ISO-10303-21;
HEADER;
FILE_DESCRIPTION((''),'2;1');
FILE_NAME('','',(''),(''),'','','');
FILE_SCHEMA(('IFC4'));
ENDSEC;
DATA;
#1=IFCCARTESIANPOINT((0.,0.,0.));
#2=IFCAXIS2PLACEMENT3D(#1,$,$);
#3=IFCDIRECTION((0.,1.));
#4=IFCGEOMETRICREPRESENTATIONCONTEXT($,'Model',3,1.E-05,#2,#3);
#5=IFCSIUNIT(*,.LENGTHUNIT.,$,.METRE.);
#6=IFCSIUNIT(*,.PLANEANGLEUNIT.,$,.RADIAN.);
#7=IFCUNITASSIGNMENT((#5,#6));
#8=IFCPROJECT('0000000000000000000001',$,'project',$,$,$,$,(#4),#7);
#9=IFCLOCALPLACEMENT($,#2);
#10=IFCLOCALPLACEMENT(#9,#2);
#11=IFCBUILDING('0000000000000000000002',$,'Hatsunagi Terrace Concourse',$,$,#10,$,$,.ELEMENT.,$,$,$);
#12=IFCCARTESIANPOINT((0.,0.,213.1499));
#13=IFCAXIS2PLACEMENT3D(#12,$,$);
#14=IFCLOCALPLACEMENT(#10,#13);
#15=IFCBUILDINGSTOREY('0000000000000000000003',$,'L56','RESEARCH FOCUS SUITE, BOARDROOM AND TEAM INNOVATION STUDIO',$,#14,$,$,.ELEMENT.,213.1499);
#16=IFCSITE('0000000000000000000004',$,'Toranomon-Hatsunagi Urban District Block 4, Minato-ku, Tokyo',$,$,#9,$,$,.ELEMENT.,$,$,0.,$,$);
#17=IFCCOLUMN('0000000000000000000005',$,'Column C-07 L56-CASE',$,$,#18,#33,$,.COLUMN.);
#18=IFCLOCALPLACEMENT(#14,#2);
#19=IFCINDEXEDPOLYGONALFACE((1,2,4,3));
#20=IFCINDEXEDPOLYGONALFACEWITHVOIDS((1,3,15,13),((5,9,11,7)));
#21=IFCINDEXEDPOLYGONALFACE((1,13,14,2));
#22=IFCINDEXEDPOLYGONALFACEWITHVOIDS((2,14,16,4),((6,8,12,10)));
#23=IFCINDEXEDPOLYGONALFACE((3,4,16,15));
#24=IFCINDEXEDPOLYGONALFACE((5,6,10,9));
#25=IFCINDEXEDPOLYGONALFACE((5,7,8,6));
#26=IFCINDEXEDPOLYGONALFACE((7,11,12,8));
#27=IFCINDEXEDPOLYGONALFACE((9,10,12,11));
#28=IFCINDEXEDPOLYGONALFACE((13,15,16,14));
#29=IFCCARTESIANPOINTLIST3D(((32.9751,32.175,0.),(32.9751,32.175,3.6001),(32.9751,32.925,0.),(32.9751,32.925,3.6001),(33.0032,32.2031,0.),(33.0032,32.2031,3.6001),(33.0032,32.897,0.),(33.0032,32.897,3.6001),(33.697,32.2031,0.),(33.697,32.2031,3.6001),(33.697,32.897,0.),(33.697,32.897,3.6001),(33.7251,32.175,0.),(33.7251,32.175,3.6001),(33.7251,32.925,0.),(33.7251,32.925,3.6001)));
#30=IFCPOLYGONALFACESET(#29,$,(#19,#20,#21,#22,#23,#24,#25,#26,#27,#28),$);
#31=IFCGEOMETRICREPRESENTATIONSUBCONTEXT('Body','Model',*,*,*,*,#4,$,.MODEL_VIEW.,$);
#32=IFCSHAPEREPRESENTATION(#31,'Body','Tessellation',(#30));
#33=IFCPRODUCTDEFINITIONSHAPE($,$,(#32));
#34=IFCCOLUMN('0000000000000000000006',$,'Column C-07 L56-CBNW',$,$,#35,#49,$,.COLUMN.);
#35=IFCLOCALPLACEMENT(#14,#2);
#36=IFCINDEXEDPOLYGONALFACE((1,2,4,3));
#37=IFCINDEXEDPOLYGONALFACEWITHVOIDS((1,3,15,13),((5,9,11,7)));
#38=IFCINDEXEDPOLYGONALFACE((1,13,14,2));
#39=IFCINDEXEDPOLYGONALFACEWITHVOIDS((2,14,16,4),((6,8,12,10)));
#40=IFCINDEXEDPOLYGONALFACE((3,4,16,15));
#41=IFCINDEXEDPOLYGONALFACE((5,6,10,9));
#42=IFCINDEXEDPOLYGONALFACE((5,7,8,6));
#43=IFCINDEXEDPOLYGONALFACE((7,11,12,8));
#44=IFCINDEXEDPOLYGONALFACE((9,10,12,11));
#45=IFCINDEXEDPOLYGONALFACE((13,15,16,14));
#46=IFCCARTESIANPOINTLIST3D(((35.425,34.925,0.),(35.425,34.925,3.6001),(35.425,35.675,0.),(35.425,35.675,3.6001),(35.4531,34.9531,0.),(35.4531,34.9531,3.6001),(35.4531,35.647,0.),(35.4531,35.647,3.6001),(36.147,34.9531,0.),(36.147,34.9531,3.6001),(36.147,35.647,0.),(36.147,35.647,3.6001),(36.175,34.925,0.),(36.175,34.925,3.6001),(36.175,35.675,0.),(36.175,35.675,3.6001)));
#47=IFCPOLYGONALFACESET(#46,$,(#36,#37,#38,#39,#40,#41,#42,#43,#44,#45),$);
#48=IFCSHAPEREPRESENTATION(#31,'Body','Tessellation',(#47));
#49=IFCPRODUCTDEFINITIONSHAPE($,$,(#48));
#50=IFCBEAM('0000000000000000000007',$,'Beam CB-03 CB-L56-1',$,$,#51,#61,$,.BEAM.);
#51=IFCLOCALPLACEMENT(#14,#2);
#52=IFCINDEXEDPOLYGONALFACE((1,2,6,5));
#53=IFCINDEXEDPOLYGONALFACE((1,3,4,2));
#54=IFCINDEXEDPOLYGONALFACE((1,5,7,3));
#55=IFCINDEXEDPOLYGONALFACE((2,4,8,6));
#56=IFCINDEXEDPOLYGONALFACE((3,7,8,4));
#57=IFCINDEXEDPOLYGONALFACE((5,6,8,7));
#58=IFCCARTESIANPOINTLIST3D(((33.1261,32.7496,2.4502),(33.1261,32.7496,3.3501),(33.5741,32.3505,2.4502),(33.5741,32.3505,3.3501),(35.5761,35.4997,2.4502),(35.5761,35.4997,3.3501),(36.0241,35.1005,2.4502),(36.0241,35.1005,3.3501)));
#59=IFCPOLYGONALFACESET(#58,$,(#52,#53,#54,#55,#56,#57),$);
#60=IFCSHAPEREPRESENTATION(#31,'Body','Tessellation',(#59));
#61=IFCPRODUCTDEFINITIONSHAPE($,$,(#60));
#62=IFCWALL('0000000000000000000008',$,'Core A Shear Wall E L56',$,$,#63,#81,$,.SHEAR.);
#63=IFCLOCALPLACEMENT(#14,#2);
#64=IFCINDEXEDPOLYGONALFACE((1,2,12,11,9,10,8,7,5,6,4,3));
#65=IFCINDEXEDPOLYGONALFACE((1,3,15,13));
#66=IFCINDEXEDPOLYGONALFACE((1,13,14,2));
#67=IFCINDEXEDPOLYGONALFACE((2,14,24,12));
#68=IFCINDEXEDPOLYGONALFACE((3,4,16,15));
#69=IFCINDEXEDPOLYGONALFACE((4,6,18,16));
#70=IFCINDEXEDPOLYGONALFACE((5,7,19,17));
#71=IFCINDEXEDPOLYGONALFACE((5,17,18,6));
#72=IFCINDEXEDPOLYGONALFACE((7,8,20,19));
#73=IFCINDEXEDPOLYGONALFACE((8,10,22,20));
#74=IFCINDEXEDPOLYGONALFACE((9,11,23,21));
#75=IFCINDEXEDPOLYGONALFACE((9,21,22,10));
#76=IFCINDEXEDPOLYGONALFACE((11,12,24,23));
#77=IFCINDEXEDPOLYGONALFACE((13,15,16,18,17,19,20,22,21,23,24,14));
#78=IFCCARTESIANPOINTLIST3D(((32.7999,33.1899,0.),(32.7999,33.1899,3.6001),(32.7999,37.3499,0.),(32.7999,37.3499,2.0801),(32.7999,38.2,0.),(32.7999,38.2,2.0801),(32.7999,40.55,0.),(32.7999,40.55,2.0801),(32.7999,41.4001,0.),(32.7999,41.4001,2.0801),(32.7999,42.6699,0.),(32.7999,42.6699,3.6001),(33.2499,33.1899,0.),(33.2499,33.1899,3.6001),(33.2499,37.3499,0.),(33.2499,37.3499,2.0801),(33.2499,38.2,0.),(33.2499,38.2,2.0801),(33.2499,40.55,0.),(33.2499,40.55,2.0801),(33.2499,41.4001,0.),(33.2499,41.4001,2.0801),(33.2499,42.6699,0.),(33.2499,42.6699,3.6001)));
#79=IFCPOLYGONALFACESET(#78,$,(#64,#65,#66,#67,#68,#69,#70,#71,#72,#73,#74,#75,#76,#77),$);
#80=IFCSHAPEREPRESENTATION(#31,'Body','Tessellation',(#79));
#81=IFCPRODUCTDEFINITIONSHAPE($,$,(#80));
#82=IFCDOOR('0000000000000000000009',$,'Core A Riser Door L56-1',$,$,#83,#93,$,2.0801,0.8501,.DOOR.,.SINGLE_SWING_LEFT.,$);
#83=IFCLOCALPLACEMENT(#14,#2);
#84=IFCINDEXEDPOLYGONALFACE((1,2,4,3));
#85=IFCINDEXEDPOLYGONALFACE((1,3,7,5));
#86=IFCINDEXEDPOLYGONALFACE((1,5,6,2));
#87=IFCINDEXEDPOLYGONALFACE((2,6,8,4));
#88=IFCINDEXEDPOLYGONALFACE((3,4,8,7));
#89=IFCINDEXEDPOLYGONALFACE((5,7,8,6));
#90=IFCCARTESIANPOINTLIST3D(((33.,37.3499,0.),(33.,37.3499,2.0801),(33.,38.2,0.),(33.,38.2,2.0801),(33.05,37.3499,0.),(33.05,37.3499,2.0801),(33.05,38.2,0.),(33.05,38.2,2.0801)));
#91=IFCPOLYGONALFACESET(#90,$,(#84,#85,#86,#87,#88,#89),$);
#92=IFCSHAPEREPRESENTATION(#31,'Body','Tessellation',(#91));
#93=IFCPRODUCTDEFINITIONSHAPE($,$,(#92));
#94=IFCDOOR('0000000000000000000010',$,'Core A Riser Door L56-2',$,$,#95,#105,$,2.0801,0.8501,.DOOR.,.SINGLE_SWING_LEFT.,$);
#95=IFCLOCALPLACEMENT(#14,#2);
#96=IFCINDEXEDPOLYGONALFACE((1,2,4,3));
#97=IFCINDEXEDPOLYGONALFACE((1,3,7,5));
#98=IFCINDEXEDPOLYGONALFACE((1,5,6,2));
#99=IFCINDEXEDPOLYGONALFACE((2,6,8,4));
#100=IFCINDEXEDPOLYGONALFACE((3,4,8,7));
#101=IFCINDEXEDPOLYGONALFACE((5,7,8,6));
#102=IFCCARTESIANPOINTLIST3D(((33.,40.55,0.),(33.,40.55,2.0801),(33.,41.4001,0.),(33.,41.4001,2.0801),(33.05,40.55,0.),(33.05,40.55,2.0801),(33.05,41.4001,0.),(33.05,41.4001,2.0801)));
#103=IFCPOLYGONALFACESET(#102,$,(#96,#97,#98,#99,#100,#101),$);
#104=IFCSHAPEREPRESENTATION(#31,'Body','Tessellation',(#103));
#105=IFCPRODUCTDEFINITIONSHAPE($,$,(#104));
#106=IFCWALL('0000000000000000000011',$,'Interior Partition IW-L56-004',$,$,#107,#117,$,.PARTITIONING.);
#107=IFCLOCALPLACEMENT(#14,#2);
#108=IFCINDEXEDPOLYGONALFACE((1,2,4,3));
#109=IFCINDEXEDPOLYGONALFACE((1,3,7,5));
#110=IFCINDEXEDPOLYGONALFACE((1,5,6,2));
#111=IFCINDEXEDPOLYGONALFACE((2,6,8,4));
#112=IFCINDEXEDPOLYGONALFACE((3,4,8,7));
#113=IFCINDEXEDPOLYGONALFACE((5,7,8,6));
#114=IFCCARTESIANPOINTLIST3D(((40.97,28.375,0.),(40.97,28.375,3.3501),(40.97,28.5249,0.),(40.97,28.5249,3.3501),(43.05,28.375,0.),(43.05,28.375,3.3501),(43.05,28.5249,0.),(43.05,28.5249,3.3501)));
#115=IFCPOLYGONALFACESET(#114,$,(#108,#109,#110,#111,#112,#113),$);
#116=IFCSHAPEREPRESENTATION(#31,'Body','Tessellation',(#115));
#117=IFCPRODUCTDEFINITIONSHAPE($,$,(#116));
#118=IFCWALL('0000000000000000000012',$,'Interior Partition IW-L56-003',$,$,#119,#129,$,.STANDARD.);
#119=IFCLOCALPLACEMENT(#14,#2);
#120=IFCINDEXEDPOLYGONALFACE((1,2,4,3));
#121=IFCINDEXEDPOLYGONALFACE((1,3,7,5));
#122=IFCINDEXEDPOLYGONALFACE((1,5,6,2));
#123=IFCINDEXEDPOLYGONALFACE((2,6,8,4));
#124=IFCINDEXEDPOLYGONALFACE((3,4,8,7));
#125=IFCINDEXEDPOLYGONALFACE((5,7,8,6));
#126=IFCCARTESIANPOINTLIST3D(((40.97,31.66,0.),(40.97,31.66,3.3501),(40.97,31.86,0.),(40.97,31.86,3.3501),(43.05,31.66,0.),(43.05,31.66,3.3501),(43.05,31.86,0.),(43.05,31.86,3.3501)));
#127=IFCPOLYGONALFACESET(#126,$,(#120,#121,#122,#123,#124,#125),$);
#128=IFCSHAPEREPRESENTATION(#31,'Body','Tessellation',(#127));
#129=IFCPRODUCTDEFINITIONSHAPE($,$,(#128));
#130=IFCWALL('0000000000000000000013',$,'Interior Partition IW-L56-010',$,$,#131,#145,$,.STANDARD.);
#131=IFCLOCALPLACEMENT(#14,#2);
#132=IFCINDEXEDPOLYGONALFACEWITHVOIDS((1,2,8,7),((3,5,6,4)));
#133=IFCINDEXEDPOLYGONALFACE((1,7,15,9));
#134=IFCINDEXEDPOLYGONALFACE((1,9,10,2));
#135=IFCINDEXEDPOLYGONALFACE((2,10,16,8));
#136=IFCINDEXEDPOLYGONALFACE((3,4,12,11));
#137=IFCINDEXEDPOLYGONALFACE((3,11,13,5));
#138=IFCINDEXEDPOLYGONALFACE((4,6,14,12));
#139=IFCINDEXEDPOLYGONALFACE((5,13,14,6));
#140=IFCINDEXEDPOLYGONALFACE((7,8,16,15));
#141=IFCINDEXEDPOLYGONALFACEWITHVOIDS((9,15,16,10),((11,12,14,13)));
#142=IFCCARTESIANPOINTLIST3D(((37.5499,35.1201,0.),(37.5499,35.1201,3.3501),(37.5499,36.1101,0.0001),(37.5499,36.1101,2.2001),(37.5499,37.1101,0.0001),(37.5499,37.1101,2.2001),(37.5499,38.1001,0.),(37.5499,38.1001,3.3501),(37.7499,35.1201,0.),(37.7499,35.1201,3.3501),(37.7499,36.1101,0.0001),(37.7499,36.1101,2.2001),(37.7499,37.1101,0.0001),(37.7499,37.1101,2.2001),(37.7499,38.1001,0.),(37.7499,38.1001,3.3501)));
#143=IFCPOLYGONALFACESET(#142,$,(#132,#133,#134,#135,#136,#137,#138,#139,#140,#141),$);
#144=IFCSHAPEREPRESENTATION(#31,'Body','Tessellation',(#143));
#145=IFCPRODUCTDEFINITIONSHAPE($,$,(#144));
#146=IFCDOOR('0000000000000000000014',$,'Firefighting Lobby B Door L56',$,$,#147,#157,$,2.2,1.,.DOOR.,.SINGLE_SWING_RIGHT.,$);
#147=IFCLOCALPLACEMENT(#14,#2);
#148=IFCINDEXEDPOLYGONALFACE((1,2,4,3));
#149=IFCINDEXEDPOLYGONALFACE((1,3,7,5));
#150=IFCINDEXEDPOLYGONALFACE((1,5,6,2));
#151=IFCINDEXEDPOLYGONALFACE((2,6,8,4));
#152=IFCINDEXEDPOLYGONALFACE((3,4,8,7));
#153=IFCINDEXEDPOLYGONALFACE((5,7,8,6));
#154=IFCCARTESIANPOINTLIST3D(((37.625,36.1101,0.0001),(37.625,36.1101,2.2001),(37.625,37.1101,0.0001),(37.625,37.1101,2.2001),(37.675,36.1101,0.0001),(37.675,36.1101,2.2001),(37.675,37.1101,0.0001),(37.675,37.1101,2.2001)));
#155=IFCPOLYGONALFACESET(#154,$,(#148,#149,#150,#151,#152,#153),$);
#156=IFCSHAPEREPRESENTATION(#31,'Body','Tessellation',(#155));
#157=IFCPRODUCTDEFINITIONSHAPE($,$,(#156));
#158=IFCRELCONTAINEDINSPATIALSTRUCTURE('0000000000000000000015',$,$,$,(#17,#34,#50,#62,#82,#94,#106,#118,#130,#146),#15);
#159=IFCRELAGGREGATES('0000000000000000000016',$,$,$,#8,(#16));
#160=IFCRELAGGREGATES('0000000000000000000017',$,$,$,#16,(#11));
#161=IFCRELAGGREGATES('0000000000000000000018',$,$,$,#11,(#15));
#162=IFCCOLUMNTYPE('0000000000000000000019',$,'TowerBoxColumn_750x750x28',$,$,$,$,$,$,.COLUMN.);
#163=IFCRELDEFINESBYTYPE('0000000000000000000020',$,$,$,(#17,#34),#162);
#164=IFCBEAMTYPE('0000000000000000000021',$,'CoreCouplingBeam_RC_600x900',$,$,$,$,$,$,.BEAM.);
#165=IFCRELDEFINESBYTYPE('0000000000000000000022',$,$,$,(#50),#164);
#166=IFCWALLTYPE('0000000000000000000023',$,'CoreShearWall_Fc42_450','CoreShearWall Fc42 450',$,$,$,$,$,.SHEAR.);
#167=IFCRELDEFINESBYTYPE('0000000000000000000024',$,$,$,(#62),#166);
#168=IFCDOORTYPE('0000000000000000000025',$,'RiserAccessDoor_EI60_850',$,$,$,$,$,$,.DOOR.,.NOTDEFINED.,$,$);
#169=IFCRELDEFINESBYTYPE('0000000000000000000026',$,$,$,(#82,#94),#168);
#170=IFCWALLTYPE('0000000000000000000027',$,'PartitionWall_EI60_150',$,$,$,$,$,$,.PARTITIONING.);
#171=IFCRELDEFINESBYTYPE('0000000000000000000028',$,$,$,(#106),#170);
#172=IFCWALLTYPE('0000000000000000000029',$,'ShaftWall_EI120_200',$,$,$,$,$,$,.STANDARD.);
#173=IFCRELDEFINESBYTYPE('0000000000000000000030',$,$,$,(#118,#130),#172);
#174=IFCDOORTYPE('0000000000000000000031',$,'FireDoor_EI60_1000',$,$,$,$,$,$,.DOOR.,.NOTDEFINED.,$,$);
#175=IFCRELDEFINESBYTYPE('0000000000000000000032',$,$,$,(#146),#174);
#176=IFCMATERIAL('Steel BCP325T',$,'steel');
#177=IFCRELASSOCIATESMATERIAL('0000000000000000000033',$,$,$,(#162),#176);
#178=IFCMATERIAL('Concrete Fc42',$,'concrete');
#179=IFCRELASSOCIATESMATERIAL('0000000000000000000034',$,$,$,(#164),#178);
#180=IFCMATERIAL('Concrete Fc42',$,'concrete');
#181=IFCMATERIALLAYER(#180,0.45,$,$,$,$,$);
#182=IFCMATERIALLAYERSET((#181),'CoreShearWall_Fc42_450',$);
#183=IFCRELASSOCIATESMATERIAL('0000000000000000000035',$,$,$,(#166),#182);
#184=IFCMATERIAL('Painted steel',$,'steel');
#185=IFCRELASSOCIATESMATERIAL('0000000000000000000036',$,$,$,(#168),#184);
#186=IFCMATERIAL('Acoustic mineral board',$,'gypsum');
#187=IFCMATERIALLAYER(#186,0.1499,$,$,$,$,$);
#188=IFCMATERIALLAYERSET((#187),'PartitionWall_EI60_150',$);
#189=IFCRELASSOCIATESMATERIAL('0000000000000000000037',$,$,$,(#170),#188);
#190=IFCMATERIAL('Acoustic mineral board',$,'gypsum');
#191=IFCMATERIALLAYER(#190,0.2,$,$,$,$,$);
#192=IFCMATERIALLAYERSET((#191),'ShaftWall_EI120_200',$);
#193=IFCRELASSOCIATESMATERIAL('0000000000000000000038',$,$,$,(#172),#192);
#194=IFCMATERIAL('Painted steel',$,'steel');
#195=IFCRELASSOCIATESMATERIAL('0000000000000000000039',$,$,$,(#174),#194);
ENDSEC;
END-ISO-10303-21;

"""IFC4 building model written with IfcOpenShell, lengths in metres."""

from ifc_helpers import new_model, si_unit, direction, frame, frame_2d, origin, origin_2d, place, context, subcontext, project, spatial, rectangle, hollow_rectangle, extrude, material, layer, layer_set, material_profile, profile_set, type_object, element, fill, save


model = new_model("IFC4")

# Units and contexts
model_context = context("Model", 3, precision=1e-05, world=origin(), true_north=direction((0.0, 1.0)))
body_context = subcontext(model_context, "Body", "Model", "MODEL_VIEW")
ifc_project = project(units=[si_unit("LENGTHUNIT", "METRE"), si_unit("PLANEANGLEUNIT", "RADIAN")], contexts=[model_context])

# Site, building, storey
site_placement = place(None, origin())
site = spatial("IfcSite", under=ifc_project, at=site_placement, Name="Toranomon-Hatsunagi Urban District Block 4, Minato-ku, Tokyo", CompositionType="ELEMENT", RefElevation=0.0)
building_placement = place(site_placement, origin())
building = spatial("IfcBuilding", under=site, at=building_placement, Name="Hatsunagi Terrace Concourse", CompositionType="ELEMENT")
storey_placement = place(building_placement, frame((0.0, 0.0, 213.1499)))
storey = spatial("IfcBuildingStorey", under=building, at=storey_placement, Name="L56", Description="RESEARCH FOCUS SUITE, BOARDROOM AND TEAM INNOVATION STUDIO", CompositionType="ELEMENT", Elevation=213.1499)

# Columns
ifc_material_1 = material(Name="Steel BCP325T", Category="steel")
ifc_material_profile_1 = material_profile(ifc_material_1, hollow_rectangle(XDim=0.75, YDim=0.75, WallThickness=0.0281, at=origin_2d()), Name="BCP-750x750x28")
ifc_profile_set_1 = profile_set([ifc_material_profile_1], Name="Steel BCP325T")
column_type = type_object("IfcColumnType", Name="TowerBoxColumn_750x750x28", PredefinedType="COLUMN", material=ifc_profile_set_1)
for number, where, z_axis, x_axis, name in (
    (1, (33.3501, 32.55, 0.0), (0.0, 0.0, 1.0), (1.0, 0.0, 0.0), "Column C-07 L56-CASE"),
    (2, (35.8, 35.3, 0.0), (0.0, 0.0, 1.0), (1.0, 0.0, 0.0), "Column C-07 L56-CBNW"),
):
    element("IfcColumn", number, at=place(storey_placement, frame(where, z_axis=z_axis, x_axis=x_axis)), inside=storey, type_object=column_type, Name=name, PredefinedType="COLUMN", context=body_context, shape_type="SweptSolid", body=[
        extrude(hollow_rectangle(XDim=0.75, YDim=0.75, WallThickness=0.0281, at=origin_2d()), origin(), (0.0, 0.0, 1.0), 3.6001),
    ])

# Beam
ifc_material_2 = material(Name="Concrete Fc42", Category="concrete")
ifc_material_profile_2 = material_profile(ifc_material_2, rectangle(XDim=0.6001, YDim=0.8999, at=origin_2d()), Name="RC-600x900")
ifc_profile_set_2 = profile_set([ifc_material_profile_2], Name="Concrete Fc42")
beam_type = type_object("IfcBeamType", Name="CoreCouplingBeam_RC_600x900", PredefinedType="BEAM", material=ifc_profile_set_2)
beam_placement = place(storey_placement, frame((33.3501, 32.55, 2.9001), z_axis=(0.665199, 0.746666, 0.0), x_axis=(-0.746666, 0.665199, 0.0)))
element("IfcBeam", 3, at=beam_placement, inside=storey, type_object=beam_type, Name="Beam CB-03 CB-L56-1", PredefinedType="BEAM", context=body_context, shape_type="SweptSolid", body=[
    extrude(rectangle(XDim=0.6001, YDim=0.8999, at=origin_2d()), origin(), (0.0, 0.0, 1.0), 3.6831),
])

# Wall, openings, doors
ifc_material_3 = material(Name="Concrete Fc42", Category="concrete")
ifc_layer_1 = layer(ifc_material_3, 0.45)
ifc_layer_set_1 = layer_set([ifc_layer_1], Name="CoreShearWall_Fc42_450")
wall_type_1 = type_object("IfcWallType", Name="CoreShearWall_Fc42_450", Description="CoreShearWall Fc42 450", PredefinedType="SHEAR", material=ifc_layer_set_1)
wall_1_placement = place(storey_placement, frame((33.0249, 33.1899, 0.0), z_axis=(0.0, 0.0, 1.0), x_axis=(0.0, 1.0, 0.0)))
wall_1 = element("IfcWall", 4, at=wall_1_placement, inside=storey, type_object=wall_type_1, Name="Core A Shear Wall E L56", PredefinedType="SHEAR", context=body_context, shape_type="SweptSolid", body=[
    extrude(rectangle(XDim=9.48, YDim=0.45, at=frame_2d((4.74, 0.0))), origin(), (0.0, 0.0, 1.0), 3.6001),
])
opening_1_placement = place(wall_1_placement, frame((4.1599, 0.0, 0.0)))
opening_1 = element("IfcOpeningElement", 5, at=opening_1_placement, cuts=wall_1, PredefinedType="OPENING", context=body_context, shape_type="SweptSolid", body=[
    extrude(rectangle(XDim=0.8501, YDim=2.0801, at=frame_2d((0.425, 1.04))), frame((0.0, 0.2349, 0.0), z_axis=(0.0, -1.0, 0.0), x_axis=(1.0, 0.0, 0.0)), (0.0, 0.0, 1.0), 0.47),
])
opening_2_placement = place(wall_1_placement, frame((7.3601, 0.0, 0.0)))
opening_2 = element("IfcOpeningElement", 6, at=opening_2_placement, cuts=wall_1, PredefinedType="OPENING", context=body_context, shape_type="SweptSolid", body=[
    extrude(rectangle(XDim=0.8501, YDim=2.0801, at=frame_2d((0.425, 1.04))), frame((0.0, 0.2349, 0.0), z_axis=(0.0, -1.0, 0.0), x_axis=(1.0, 0.0, 0.0)), (0.0, 0.0, 1.0), 0.47),
])
ifc_material_4 = material(Name="Painted steel", Category="steel")
door_type_1 = type_object("IfcDoorType", Name="RiserAccessDoor_EI60_850", OperationType="NOTDEFINED", PredefinedType="DOOR", material=ifc_material_4)
door_1_placement = place(opening_1_placement, origin())
door_1 = element("IfcDoor", 7, at=door_1_placement, inside=storey, type_object=door_type_1, Name="Core A Riser Door L56-1", OperationType="SINGLE_SWING_LEFT", OverallHeight=2.0801, OverallWidth=0.8501, PredefinedType="DOOR", context=body_context, shape_type="SweptSolid", body=[
    extrude(rectangle(XDim=0.8501, YDim=2.0801, at=frame_2d((0.425, 1.04))), frame((0.0, 0.0249, 0.0), z_axis=(0.0, -1.0, 0.0), x_axis=(1.0, 0.0, 0.0)), (0.0, 0.0, 1.0), 0.05),
])
fill(opening_1, door_1)
door_2_placement = place(opening_2_placement, origin())
door_2 = element("IfcDoor", 8, at=door_2_placement, inside=storey, type_object=door_type_1, Name="Core A Riser Door L56-2", OperationType="SINGLE_SWING_LEFT", OverallHeight=2.0801, OverallWidth=0.8501, PredefinedType="DOOR", context=body_context, shape_type="SweptSolid", body=[
    extrude(rectangle(XDim=0.8501, YDim=2.0801, at=frame_2d((0.425, 1.04))), frame((0.0, 0.0249, 0.0), z_axis=(0.0, -1.0, 0.0), x_axis=(1.0, 0.0, 0.0)), (0.0, 0.0, 1.0), 0.05),
])
fill(opening_2, door_2)

# Walls
ifc_material_5 = material(Name="Acoustic mineral board", Category="gypsum")
ifc_layer_2 = layer(ifc_material_5, 0.1499)
ifc_layer_set_2 = layer_set([ifc_layer_2], Name="PartitionWall_EI60_150")
wall_type_2 = type_object("IfcWallType", Name="PartitionWall_EI60_150", PredefinedType="PARTITIONING", material=ifc_layer_set_2)
wall_2_placement = place(storey_placement, frame((40.97, 28.45, 0.0), z_axis=(0.0, 0.0, 1.0), x_axis=(1.0, 0.0, 0.0)))
element("IfcWall", 9, at=wall_2_placement, inside=storey, type_object=wall_type_2, Name="Interior Partition IW-L56-004", PredefinedType="PARTITIONING", context=body_context, shape_type="SweptSolid", body=[
    extrude(rectangle(XDim=2.0801, YDim=0.1499, at=frame_2d((1.04, 0.0))), origin(), (0.0, 0.0, 1.0), 3.3501),
])
ifc_material_6 = material(Name="Acoustic mineral board", Category="gypsum")
ifc_layer_3 = layer(ifc_material_6, 0.2)
ifc_layer_set_3 = layer_set([ifc_layer_3], Name="ShaftWall_EI120_200")
wall_type_3 = type_object("IfcWallType", Name="ShaftWall_EI120_200", PredefinedType="STANDARD", material=ifc_layer_set_3)
wall_3_placement = place(storey_placement, frame((40.97, 31.76, 0.0), z_axis=(0.0, 0.0, 1.0), x_axis=(1.0, 0.0, 0.0)))
element("IfcWall", 10, at=wall_3_placement, inside=storey, type_object=wall_type_3, Name="Interior Partition IW-L56-003", PredefinedType="STANDARD", context=body_context, shape_type="SweptSolid", body=[
    extrude(rectangle(XDim=2.0801, YDim=0.2, at=frame_2d((1.04, 0.0))), origin(), (0.0, 0.0, 1.0), 3.3501),
])

# Wall, opening, door
wall_4_placement = place(storey_placement, frame((37.6499, 35.1201, 0.0), z_axis=(0.0, 0.0, 1.0), x_axis=(0.0, 1.0, 0.0)))
wall_4 = element("IfcWall", 11, at=wall_4_placement, inside=storey, type_object=wall_type_3, Name="Interior Partition IW-L56-010", PredefinedType="STANDARD", context=body_context, shape_type="SweptSolid", body=[
    extrude(rectangle(XDim=2.98, YDim=0.2, at=frame_2d((1.49, 0.0))), origin(), (0.0, 0.0, 1.0), 3.3501),
])
opening_3_placement = place(wall_4_placement, frame((0.99, 0.0, 0.0)))
opening_3 = element("IfcOpeningElement", 12, at=opening_3_placement, cuts=wall_4, PredefinedType="OPENING", context=body_context, shape_type="SweptSolid", body=[
    extrude(rectangle(XDim=1.0, YDim=2.2, at=frame_2d((0.5, 1.1001))), frame((0.0, 0.1099, 0.0), z_axis=(0.0, -1.0, 0.0), x_axis=(1.0, 0.0, 0.0)), (0.0, 0.0, 1.0), 0.22),
])
ifc_material_7 = material(Name="Painted steel", Category="steel")
door_type_2 = type_object("IfcDoorType", Name="FireDoor_EI60_1000", OperationType="NOTDEFINED", PredefinedType="DOOR", material=ifc_material_7)
door_3_placement = place(opening_3_placement, origin())
door_3 = element("IfcDoor", 13, at=door_3_placement, inside=storey, type_object=door_type_2, Name="Firefighting Lobby B Door L56", OperationType="SINGLE_SWING_RIGHT", OverallHeight=2.2, OverallWidth=1.0, PredefinedType="DOOR", context=body_context, shape_type="SweptSolid", body=[
    extrude(rectangle(XDim=1.0, YDim=2.2, at=frame_2d((0.5, 1.1001))), frame((0.0, 0.0249, 0.0), z_axis=(0.0, -1.0, 0.0), x_axis=(1.0, 0.0, 0.0)), (0.0, 0.0, 1.0), 0.05),
])
fill(opening_3, door_3)

save(model, "model.ifc")
